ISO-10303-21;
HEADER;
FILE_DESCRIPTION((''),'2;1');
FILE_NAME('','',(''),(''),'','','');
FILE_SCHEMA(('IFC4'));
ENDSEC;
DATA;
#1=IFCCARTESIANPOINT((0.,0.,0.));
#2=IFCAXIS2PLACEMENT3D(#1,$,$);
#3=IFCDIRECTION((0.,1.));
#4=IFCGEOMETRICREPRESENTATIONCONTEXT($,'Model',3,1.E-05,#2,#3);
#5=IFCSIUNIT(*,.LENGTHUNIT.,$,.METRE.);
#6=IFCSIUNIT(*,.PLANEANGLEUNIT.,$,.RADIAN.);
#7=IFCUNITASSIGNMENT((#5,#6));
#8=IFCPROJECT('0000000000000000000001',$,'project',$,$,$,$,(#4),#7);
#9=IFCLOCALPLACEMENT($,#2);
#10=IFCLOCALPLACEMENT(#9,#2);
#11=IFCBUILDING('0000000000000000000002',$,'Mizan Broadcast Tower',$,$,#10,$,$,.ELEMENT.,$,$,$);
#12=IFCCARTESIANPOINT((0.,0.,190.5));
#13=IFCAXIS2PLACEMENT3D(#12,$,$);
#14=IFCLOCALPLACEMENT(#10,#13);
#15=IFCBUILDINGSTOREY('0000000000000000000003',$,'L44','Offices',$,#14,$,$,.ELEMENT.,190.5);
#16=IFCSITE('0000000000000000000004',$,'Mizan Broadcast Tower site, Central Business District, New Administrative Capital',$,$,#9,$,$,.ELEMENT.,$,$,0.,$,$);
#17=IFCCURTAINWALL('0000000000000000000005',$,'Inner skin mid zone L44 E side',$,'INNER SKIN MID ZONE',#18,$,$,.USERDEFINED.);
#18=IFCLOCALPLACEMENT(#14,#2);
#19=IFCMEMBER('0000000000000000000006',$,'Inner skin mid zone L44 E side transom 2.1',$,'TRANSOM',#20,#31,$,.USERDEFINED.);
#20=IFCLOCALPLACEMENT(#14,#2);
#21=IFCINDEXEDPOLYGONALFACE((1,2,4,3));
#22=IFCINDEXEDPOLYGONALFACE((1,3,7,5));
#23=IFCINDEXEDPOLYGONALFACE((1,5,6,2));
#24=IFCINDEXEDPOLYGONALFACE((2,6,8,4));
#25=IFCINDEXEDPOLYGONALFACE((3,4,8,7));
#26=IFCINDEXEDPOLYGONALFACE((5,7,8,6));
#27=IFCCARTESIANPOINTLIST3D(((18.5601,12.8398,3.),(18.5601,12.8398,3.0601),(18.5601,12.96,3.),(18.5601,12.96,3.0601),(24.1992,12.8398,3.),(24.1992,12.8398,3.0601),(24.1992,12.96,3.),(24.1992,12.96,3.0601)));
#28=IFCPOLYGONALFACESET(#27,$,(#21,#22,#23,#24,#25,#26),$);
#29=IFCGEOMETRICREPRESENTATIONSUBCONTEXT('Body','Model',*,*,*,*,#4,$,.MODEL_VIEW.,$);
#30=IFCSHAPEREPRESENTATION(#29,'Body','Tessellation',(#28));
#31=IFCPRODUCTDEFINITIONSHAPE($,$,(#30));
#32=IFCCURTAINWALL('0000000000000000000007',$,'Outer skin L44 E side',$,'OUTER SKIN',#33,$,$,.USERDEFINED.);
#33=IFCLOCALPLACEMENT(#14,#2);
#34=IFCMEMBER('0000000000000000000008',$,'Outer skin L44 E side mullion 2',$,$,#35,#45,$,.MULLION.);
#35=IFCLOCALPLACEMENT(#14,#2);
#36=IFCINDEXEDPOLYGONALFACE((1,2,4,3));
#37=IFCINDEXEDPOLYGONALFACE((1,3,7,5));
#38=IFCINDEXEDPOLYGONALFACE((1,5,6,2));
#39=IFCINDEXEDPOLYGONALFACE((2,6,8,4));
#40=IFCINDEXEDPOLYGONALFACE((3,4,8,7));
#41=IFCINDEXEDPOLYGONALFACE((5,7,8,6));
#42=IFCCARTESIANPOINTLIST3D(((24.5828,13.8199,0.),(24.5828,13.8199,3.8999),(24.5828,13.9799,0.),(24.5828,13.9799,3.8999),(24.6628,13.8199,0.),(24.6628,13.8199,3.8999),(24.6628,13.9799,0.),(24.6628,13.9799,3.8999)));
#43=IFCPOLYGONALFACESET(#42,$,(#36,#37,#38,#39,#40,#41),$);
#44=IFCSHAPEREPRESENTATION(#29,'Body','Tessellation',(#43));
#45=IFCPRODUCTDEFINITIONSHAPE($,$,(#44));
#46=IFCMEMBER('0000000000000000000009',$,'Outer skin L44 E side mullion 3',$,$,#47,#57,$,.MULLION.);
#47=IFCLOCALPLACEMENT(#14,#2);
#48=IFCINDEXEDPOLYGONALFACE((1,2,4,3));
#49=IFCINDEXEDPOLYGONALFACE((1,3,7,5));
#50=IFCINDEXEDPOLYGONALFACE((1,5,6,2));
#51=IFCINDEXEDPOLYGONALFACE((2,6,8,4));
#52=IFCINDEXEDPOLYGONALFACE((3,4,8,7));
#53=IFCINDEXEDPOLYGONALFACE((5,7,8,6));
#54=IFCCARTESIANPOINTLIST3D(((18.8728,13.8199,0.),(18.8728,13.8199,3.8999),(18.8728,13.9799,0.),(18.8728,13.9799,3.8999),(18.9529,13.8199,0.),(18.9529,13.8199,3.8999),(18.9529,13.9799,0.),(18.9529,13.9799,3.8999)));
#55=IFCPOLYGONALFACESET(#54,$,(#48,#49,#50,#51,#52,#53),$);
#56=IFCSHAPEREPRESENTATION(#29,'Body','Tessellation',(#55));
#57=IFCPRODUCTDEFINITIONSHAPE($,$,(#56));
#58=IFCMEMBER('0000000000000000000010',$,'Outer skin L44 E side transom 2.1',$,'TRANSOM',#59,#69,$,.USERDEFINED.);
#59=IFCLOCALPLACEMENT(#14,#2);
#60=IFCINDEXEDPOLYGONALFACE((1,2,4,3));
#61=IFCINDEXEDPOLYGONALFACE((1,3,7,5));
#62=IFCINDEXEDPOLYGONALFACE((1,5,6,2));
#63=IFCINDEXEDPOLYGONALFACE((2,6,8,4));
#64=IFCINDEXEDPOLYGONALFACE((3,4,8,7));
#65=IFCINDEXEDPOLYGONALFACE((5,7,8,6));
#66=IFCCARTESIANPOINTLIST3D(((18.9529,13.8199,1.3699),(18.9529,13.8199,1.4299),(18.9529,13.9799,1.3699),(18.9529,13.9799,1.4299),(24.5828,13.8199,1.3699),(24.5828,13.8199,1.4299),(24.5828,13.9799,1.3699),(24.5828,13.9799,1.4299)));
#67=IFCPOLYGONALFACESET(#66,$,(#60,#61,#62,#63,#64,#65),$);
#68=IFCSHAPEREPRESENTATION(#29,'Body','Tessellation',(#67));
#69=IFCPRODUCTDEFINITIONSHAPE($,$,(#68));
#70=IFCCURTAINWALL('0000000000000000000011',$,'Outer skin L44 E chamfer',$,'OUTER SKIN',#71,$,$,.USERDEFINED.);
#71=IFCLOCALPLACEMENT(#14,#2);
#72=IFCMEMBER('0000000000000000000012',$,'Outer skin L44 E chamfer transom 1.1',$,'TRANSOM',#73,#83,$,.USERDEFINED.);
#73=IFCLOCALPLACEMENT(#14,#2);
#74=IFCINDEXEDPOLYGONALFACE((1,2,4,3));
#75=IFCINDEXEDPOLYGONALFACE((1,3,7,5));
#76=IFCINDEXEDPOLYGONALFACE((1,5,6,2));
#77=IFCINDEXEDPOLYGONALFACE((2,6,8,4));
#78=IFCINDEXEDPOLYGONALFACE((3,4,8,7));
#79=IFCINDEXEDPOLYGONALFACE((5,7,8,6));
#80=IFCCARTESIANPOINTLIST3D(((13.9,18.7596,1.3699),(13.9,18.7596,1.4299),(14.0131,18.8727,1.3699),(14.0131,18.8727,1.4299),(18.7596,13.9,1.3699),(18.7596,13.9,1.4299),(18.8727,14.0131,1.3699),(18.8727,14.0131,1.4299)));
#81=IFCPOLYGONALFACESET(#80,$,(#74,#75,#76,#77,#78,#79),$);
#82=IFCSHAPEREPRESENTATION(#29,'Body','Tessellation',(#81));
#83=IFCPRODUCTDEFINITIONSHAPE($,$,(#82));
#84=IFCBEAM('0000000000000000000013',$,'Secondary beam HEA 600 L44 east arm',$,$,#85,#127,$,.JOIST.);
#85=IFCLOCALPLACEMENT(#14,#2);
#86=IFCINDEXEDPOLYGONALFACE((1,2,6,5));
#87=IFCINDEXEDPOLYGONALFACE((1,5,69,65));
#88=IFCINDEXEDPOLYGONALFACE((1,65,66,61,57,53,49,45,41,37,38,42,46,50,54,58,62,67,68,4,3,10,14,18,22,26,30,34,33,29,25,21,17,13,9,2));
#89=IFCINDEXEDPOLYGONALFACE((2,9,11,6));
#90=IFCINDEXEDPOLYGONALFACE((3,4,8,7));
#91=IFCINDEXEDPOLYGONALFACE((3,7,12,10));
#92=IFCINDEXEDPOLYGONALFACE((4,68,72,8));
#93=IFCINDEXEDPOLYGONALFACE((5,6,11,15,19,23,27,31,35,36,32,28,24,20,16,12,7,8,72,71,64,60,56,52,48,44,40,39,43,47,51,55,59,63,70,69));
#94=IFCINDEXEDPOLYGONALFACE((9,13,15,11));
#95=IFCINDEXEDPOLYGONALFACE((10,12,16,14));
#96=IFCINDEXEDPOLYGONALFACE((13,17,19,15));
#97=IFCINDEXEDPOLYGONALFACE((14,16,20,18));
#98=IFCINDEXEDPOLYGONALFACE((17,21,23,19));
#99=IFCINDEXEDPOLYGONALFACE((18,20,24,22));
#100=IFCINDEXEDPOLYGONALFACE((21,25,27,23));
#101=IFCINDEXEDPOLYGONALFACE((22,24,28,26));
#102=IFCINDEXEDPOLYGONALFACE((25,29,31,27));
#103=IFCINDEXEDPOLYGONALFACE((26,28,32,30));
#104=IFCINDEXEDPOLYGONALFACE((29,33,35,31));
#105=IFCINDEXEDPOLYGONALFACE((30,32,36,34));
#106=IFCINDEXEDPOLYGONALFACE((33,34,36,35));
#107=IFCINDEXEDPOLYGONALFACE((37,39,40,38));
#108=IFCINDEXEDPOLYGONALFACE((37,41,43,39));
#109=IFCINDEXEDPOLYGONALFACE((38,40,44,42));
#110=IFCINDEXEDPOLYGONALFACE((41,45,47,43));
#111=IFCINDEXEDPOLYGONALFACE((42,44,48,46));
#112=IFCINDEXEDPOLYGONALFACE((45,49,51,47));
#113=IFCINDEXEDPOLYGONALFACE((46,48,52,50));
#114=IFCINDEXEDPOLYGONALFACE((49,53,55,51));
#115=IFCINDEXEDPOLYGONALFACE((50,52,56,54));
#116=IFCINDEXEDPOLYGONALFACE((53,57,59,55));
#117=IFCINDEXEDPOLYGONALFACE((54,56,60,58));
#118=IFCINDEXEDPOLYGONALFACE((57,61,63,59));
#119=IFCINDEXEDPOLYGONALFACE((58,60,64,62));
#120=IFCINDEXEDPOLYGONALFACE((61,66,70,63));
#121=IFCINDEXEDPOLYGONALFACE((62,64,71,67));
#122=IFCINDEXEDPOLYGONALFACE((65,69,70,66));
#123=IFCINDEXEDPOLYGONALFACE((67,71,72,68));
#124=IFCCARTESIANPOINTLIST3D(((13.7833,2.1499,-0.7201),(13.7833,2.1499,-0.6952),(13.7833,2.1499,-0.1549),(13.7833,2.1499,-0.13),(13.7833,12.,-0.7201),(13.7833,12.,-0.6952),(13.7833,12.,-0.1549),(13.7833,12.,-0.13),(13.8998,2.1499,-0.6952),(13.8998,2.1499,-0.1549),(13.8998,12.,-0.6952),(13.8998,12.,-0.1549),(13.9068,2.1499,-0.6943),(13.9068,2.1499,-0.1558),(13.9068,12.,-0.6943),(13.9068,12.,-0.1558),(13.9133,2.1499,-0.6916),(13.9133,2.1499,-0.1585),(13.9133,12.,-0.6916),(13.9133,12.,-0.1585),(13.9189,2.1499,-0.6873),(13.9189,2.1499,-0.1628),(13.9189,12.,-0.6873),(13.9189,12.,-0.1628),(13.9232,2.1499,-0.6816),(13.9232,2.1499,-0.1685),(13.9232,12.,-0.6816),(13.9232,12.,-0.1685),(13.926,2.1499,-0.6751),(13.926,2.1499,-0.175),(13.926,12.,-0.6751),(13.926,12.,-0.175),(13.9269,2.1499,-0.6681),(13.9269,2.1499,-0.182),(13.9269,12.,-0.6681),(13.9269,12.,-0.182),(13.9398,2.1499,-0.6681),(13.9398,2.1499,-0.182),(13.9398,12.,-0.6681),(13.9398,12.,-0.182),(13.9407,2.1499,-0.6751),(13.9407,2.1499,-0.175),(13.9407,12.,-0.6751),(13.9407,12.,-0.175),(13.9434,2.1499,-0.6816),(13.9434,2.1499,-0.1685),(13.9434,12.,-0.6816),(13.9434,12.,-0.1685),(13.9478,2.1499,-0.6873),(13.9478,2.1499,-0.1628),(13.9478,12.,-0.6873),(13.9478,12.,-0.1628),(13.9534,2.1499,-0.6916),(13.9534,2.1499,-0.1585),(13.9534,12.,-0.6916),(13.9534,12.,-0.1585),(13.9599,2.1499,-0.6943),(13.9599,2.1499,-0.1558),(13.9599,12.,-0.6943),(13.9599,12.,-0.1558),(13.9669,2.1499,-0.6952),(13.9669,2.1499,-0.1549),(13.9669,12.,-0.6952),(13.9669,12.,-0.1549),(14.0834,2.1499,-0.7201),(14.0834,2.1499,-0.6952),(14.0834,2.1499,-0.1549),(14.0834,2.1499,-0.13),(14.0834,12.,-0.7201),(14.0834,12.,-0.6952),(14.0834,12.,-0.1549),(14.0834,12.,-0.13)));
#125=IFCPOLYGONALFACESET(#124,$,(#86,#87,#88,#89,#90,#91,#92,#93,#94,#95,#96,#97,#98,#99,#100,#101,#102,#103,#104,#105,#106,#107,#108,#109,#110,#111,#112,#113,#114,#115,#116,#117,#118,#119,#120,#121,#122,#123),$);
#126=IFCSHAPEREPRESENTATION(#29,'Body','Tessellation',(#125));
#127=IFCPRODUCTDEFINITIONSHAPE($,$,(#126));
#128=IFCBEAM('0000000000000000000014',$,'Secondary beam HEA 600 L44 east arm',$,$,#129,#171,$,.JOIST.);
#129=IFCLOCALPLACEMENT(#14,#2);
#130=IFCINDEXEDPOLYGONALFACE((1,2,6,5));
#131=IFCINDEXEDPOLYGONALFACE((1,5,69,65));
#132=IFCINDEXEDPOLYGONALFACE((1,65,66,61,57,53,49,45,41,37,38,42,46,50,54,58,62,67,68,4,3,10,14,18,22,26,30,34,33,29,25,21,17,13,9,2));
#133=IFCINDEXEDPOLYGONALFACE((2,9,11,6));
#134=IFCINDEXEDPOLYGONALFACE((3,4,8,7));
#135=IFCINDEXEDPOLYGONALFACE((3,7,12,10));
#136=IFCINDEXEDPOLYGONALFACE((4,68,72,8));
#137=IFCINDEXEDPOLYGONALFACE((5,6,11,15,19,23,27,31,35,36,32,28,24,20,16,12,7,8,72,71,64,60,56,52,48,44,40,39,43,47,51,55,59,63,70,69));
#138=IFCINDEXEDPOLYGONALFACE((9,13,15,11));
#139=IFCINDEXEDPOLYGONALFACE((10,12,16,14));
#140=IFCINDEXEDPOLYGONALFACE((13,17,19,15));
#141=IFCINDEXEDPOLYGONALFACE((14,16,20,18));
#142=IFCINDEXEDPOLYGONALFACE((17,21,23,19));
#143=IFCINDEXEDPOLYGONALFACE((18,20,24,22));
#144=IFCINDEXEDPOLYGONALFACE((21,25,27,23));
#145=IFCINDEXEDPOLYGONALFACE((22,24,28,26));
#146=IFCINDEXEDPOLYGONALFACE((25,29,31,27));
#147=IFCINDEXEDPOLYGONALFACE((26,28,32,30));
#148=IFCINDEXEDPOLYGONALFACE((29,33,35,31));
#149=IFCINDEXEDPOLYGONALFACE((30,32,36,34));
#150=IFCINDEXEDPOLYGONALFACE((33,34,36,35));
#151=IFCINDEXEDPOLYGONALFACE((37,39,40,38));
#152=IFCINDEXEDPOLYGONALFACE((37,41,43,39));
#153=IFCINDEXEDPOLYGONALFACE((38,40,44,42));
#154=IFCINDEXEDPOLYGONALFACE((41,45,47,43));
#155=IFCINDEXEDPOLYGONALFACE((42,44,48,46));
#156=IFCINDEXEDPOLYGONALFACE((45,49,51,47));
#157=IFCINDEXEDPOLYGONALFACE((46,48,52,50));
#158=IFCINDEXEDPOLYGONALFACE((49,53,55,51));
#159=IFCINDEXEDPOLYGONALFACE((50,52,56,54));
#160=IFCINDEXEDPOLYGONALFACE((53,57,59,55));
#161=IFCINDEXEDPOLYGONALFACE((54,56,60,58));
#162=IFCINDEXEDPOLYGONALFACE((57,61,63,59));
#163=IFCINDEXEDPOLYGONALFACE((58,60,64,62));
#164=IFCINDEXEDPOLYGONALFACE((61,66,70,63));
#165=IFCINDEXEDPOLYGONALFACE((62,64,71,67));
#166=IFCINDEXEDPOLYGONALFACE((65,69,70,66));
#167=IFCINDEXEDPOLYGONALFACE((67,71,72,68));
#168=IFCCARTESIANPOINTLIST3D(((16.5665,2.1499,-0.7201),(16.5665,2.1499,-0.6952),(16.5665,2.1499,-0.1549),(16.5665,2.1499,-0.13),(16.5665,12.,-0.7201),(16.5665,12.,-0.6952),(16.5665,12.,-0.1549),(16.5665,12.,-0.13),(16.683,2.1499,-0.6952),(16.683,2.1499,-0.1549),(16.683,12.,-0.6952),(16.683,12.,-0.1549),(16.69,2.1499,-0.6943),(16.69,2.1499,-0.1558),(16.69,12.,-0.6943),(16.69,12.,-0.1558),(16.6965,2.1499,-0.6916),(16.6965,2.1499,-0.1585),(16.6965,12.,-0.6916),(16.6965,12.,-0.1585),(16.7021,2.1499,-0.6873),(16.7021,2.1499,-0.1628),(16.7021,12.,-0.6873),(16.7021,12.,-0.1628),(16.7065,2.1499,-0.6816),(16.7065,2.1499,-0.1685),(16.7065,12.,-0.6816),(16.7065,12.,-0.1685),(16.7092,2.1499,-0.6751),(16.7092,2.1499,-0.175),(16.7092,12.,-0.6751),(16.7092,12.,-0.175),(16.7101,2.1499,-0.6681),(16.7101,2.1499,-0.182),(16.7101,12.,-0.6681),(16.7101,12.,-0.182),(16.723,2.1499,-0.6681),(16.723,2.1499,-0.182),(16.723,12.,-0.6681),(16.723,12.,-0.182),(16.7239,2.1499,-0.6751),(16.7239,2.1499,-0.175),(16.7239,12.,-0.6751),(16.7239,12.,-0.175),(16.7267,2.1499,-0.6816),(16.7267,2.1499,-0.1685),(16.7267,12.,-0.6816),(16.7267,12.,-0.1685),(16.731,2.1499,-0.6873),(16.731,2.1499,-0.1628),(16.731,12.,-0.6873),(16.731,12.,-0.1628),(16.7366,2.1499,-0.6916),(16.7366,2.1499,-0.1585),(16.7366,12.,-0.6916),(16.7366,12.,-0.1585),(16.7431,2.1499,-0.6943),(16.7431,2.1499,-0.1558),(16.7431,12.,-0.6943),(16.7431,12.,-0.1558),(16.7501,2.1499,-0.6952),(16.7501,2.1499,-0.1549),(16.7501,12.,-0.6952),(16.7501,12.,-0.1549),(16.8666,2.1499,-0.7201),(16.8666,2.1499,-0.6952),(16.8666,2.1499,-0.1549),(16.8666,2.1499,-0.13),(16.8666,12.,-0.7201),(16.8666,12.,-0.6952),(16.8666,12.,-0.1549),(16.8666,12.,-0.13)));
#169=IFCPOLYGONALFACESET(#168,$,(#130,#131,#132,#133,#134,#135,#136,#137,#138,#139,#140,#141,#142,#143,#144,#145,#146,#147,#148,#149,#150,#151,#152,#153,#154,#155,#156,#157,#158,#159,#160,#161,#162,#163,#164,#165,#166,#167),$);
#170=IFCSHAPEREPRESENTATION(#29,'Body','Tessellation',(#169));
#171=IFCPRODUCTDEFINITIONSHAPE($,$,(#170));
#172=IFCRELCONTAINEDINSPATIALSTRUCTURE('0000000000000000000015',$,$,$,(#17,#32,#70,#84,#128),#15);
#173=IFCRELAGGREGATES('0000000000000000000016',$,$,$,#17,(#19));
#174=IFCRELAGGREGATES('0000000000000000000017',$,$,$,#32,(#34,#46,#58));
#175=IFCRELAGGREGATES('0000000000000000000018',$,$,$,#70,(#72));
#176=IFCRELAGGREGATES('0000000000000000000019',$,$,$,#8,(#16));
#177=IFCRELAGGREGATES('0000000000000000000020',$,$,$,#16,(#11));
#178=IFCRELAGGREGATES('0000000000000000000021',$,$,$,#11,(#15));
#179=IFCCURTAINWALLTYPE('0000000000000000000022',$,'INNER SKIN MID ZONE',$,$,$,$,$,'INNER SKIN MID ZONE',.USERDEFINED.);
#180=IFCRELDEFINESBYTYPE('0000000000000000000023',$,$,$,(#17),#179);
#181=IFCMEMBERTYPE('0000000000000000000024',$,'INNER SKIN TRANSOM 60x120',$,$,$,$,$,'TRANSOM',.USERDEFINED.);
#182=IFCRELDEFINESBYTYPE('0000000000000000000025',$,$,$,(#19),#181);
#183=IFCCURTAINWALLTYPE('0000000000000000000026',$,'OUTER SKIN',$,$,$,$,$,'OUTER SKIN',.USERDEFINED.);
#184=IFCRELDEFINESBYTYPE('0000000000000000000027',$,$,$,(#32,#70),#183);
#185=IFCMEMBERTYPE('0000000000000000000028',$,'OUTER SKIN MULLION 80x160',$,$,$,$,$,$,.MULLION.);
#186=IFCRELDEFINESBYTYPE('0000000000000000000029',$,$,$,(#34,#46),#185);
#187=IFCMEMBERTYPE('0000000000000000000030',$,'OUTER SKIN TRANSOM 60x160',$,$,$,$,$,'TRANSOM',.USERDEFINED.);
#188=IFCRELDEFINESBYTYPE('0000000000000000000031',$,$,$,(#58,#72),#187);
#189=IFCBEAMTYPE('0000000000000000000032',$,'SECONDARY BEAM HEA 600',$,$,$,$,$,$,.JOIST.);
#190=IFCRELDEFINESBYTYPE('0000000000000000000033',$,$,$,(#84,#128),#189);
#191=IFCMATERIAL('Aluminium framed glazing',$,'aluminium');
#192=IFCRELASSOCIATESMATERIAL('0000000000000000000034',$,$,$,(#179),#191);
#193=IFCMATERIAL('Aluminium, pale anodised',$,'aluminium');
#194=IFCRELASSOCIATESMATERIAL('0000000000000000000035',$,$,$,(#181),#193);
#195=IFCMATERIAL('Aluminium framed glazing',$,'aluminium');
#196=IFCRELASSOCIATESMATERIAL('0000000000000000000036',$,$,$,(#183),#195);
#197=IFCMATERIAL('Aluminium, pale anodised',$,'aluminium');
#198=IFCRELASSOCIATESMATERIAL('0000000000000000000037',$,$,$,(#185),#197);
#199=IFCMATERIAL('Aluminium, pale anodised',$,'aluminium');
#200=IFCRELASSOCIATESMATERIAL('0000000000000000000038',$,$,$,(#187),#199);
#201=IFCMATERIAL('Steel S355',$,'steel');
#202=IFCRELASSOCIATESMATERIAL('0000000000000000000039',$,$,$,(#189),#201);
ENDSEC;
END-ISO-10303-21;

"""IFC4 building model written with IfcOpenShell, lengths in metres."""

from ifc_helpers import new_model, si_unit, direction, frame, origin, origin_2d, place, context, subcontext, project, spatial, rectangle, i_section, extrude, material, material_profile, profile_set, type_object, element, aggregate, save


model = new_model("IFC4")

# Units and contexts
model_context = context("Model", 3, precision=1e-05, world=origin(), true_north=direction((0.0, 1.0)))
body_context = subcontext(model_context, "Body", "Model", "MODEL_VIEW")
ifc_project = project(units=[si_unit("LENGTHUNIT", "METRE"), si_unit("PLANEANGLEUNIT", "RADIAN")], contexts=[model_context])

# Site, building, storey
site_placement = place(None, origin())
site = spatial("IfcSite", under=ifc_project, at=site_placement, Name="Mizan Broadcast Tower site, Central Business District, New Administrative Capital", CompositionType="ELEMENT", RefElevation=0.0)
building_placement = place(site_placement, origin())
building = spatial("IfcBuilding", under=site, at=building_placement, Name="Mizan Broadcast Tower", CompositionType="ELEMENT")
storey_placement = place(building_placement, frame((0.0, 0.0, 190.5)))
storey = spatial("IfcBuildingStorey", under=building, at=storey_placement, Name="L44", Description="Offices", CompositionType="ELEMENT", Elevation=190.5)

# Curtain walls, members
ifc_material_1 = material(Name="Aluminium framed glazing", Category="aluminium")
curtain_wall_type_1 = type_object("IfcCurtainWallType", Name="INNER SKIN MID ZONE", ElementType="INNER SKIN MID ZONE", PredefinedType="USERDEFINED", material=ifc_material_1)
curtain_wall_1_placement = place(storey_placement, origin())
curtain_wall_1 = element("IfcCurtainWall", 1, at=curtain_wall_1_placement, inside=storey, type_object=curtain_wall_type_1, Name="Inner skin mid zone L44 E side", ObjectType="INNER SKIN MID ZONE", PredefinedType="USERDEFINED")
ifc_material_2 = material(Name="Aluminium, pale anodised", Category="aluminium")
ifc_material_profile_1 = material_profile(ifc_material_2, rectangle(XDim=0.1201, YDim=0.0601, at=origin_2d()), Name="TRANSOM 120x60")
ifc_profile_set_1 = profile_set([ifc_material_profile_1], Name="Aluminium, pale anodised")
member_type_1 = type_object("IfcMemberType", Name="INNER SKIN TRANSOM 60x120", ElementType="TRANSOM", PredefinedType="USERDEFINED", material=ifc_profile_set_1)
member_1_placement = place(storey_placement, frame((24.1992, 12.8999, 3.03), z_axis=(-1.0, 0.0, 0.0), x_axis=(0.0, -1.0, 0.0)))
member_1 = element("IfcMember", 2, at=member_1_placement, type_object=member_type_1, Name="Inner skin mid zone L44 E side transom 2.1", ObjectType="TRANSOM", PredefinedType="USERDEFINED", context=body_context, shape_type="SweptSolid", body=[
    extrude(rectangle(XDim=0.1201, YDim=0.0601, at=origin_2d()), origin(), (0.0, 0.0, 1.0), 5.6392),
])
ifc_material_3 = material(Name="Aluminium framed glazing", Category="aluminium")
curtain_wall_type_2 = type_object("IfcCurtainWallType", Name="OUTER SKIN", ElementType="OUTER SKIN", PredefinedType="USERDEFINED", material=ifc_material_3)
curtain_wall_2_placement = place(storey_placement, origin())
curtain_wall_2 = element("IfcCurtainWall", 3, at=curtain_wall_2_placement, inside=storey, type_object=curtain_wall_type_2, Name="Outer skin L44 E side", ObjectType="OUTER SKIN", PredefinedType="USERDEFINED")
ifc_material_4 = material(Name="Aluminium, pale anodised", Category="aluminium")
ifc_material_profile_2 = material_profile(ifc_material_4, rectangle(XDim=0.1599, YDim=0.0801, at=origin_2d()), Name="MULLION 160x80")
ifc_profile_set_2 = profile_set([ifc_material_profile_2], Name="Aluminium, pale anodised")
member_type_2 = type_object("IfcMemberType", Name="OUTER SKIN MULLION 80x160", PredefinedType="MULLION", material=ifc_profile_set_2)
member_2_placement = place(storey_placement, frame((24.6228, 13.8999, 0.0), z_axis=(0.0, 0.0, 1.0), x_axis=(0.0, -1.0, 0.0)))
member_2 = element("IfcMember", 4, at=member_2_placement, type_object=member_type_2, Name="Outer skin L44 E side mullion 2", PredefinedType="MULLION", context=body_context, shape_type="SweptSolid", body=[
    extrude(rectangle(XDim=0.1599, YDim=0.0801, at=origin_2d()), origin(), (0.0, 0.0, 1.0), 3.8999),
])
member_3_placement = place(storey_placement, frame((18.9128, 13.8999, 0.0), z_axis=(0.0, 0.0, 1.0), x_axis=(0.0, -1.0, 0.0)))
member_3 = element("IfcMember", 5, at=member_3_placement, type_object=member_type_2, Name="Outer skin L44 E side mullion 3", PredefinedType="MULLION", context=body_context, shape_type="SweptSolid", body=[
    extrude(rectangle(XDim=0.1599, YDim=0.0801, at=origin_2d()), origin(), (0.0, 0.0, 1.0), 3.8999),
])
ifc_material_5 = material(Name="Aluminium, pale anodised", Category="aluminium")
ifc_material_profile_3 = material_profile(ifc_material_5, rectangle(XDim=0.1599, YDim=0.0601, at=origin_2d()), Name="TRANSOM 160x60")
ifc_profile_set_3 = profile_set([ifc_material_profile_3], Name="Aluminium, pale anodised")
member_type_3 = type_object("IfcMemberType", Name="OUTER SKIN TRANSOM 60x160", ElementType="TRANSOM", PredefinedType="USERDEFINED", material=ifc_profile_set_3)
member_4_placement = place(storey_placement, frame((24.5828, 13.8999, 1.3999), z_axis=(-1.0, 0.0, 0.0), x_axis=(0.0, -1.0, 0.0)))
member_4 = element("IfcMember", 6, at=member_4_placement, type_object=member_type_3, Name="Outer skin L44 E side transom 2.1", ObjectType="TRANSOM", PredefinedType="USERDEFINED", context=body_context, shape_type="SweptSolid", body=[
    extrude(rectangle(XDim=0.1599, YDim=0.0601, at=origin_2d()), origin(), (0.0, 0.0, 1.0), 5.6299),
])

# Curtain wall, member
curtain_wall_3_placement = place(storey_placement, origin())
curtain_wall_3 = element("IfcCurtainWall", 7, at=curtain_wall_3_placement, inside=storey, type_object=curtain_wall_type_2, Name="Outer skin L44 E chamfer", ObjectType="OUTER SKIN", PredefinedType="USERDEFINED")
member_5_placement = place(storey_placement, frame((18.8162, 13.9565, 1.3999), z_axis=(-0.707107, 0.707107, 0.0), x_axis=(-0.707107, -0.707107, 0.0)))
member_5 = element("IfcMember", 8, at=member_5_placement, type_object=member_type_3, Name="Outer skin L44 E chamfer transom 1.1", ObjectType="TRANSOM", PredefinedType="USERDEFINED", context=body_context, shape_type="SweptSolid", body=[
    extrude(rectangle(XDim=0.1599, YDim=0.0601, at=origin_2d()), origin(), (0.0, 0.0, 1.0), 6.8726),
])

# Beams
ifc_material_6 = material(Name="Steel S355", Category="steel")
ifc_material_profile_4 = material_profile(ifc_material_6, i_section(OverallWidth=0.3, OverallDepth=0.5901, WebThickness=0.0129, FlangeThickness=0.0249, FilletRadius=0.0271, at=origin_2d()), Name="HEA 600")
ifc_profile_set_4 = profile_set([ifc_material_profile_4], Name="Steel S355")
beam_type_1 = type_object("IfcBeamType", Name="SECONDARY BEAM HEA 600", PredefinedType="JOIST", material=ifc_profile_set_4)
for number, where, z_axis, x_axis, name in (
    (9, (13.9333, 12.0, -0.425), (0.0, -1.0, 0.0), (1.0, 0.0, 0.0), "Secondary beam HEA 600 L44 east arm"),
    (10, (16.7166, 12.0, -0.425), (0.0, -1.0, 0.0), (1.0, 0.0, 0.0), "Secondary beam HEA 600 L44 east arm"),
):
    element("IfcBeam", number, at=place(storey_placement, frame(where, z_axis=z_axis, x_axis=x_axis)), inside=storey, type_object=beam_type_1, Name=name, PredefinedType="JOIST", context=body_context, shape_type="SweptSolid", body=[
        extrude(i_section(OverallWidth=0.3, OverallDepth=0.5901, WebThickness=0.0129, FlangeThickness=0.0249, FilletRadius=0.0271, at=origin_2d()), origin(), (0.0, 0.0, 1.0), 9.8501),
    ])

aggregate(curtain_wall_1, [member_1])
aggregate(curtain_wall_2, [member_2, member_3, member_4])
aggregate(curtain_wall_3, [member_5])

save(model, "model.ifc")
